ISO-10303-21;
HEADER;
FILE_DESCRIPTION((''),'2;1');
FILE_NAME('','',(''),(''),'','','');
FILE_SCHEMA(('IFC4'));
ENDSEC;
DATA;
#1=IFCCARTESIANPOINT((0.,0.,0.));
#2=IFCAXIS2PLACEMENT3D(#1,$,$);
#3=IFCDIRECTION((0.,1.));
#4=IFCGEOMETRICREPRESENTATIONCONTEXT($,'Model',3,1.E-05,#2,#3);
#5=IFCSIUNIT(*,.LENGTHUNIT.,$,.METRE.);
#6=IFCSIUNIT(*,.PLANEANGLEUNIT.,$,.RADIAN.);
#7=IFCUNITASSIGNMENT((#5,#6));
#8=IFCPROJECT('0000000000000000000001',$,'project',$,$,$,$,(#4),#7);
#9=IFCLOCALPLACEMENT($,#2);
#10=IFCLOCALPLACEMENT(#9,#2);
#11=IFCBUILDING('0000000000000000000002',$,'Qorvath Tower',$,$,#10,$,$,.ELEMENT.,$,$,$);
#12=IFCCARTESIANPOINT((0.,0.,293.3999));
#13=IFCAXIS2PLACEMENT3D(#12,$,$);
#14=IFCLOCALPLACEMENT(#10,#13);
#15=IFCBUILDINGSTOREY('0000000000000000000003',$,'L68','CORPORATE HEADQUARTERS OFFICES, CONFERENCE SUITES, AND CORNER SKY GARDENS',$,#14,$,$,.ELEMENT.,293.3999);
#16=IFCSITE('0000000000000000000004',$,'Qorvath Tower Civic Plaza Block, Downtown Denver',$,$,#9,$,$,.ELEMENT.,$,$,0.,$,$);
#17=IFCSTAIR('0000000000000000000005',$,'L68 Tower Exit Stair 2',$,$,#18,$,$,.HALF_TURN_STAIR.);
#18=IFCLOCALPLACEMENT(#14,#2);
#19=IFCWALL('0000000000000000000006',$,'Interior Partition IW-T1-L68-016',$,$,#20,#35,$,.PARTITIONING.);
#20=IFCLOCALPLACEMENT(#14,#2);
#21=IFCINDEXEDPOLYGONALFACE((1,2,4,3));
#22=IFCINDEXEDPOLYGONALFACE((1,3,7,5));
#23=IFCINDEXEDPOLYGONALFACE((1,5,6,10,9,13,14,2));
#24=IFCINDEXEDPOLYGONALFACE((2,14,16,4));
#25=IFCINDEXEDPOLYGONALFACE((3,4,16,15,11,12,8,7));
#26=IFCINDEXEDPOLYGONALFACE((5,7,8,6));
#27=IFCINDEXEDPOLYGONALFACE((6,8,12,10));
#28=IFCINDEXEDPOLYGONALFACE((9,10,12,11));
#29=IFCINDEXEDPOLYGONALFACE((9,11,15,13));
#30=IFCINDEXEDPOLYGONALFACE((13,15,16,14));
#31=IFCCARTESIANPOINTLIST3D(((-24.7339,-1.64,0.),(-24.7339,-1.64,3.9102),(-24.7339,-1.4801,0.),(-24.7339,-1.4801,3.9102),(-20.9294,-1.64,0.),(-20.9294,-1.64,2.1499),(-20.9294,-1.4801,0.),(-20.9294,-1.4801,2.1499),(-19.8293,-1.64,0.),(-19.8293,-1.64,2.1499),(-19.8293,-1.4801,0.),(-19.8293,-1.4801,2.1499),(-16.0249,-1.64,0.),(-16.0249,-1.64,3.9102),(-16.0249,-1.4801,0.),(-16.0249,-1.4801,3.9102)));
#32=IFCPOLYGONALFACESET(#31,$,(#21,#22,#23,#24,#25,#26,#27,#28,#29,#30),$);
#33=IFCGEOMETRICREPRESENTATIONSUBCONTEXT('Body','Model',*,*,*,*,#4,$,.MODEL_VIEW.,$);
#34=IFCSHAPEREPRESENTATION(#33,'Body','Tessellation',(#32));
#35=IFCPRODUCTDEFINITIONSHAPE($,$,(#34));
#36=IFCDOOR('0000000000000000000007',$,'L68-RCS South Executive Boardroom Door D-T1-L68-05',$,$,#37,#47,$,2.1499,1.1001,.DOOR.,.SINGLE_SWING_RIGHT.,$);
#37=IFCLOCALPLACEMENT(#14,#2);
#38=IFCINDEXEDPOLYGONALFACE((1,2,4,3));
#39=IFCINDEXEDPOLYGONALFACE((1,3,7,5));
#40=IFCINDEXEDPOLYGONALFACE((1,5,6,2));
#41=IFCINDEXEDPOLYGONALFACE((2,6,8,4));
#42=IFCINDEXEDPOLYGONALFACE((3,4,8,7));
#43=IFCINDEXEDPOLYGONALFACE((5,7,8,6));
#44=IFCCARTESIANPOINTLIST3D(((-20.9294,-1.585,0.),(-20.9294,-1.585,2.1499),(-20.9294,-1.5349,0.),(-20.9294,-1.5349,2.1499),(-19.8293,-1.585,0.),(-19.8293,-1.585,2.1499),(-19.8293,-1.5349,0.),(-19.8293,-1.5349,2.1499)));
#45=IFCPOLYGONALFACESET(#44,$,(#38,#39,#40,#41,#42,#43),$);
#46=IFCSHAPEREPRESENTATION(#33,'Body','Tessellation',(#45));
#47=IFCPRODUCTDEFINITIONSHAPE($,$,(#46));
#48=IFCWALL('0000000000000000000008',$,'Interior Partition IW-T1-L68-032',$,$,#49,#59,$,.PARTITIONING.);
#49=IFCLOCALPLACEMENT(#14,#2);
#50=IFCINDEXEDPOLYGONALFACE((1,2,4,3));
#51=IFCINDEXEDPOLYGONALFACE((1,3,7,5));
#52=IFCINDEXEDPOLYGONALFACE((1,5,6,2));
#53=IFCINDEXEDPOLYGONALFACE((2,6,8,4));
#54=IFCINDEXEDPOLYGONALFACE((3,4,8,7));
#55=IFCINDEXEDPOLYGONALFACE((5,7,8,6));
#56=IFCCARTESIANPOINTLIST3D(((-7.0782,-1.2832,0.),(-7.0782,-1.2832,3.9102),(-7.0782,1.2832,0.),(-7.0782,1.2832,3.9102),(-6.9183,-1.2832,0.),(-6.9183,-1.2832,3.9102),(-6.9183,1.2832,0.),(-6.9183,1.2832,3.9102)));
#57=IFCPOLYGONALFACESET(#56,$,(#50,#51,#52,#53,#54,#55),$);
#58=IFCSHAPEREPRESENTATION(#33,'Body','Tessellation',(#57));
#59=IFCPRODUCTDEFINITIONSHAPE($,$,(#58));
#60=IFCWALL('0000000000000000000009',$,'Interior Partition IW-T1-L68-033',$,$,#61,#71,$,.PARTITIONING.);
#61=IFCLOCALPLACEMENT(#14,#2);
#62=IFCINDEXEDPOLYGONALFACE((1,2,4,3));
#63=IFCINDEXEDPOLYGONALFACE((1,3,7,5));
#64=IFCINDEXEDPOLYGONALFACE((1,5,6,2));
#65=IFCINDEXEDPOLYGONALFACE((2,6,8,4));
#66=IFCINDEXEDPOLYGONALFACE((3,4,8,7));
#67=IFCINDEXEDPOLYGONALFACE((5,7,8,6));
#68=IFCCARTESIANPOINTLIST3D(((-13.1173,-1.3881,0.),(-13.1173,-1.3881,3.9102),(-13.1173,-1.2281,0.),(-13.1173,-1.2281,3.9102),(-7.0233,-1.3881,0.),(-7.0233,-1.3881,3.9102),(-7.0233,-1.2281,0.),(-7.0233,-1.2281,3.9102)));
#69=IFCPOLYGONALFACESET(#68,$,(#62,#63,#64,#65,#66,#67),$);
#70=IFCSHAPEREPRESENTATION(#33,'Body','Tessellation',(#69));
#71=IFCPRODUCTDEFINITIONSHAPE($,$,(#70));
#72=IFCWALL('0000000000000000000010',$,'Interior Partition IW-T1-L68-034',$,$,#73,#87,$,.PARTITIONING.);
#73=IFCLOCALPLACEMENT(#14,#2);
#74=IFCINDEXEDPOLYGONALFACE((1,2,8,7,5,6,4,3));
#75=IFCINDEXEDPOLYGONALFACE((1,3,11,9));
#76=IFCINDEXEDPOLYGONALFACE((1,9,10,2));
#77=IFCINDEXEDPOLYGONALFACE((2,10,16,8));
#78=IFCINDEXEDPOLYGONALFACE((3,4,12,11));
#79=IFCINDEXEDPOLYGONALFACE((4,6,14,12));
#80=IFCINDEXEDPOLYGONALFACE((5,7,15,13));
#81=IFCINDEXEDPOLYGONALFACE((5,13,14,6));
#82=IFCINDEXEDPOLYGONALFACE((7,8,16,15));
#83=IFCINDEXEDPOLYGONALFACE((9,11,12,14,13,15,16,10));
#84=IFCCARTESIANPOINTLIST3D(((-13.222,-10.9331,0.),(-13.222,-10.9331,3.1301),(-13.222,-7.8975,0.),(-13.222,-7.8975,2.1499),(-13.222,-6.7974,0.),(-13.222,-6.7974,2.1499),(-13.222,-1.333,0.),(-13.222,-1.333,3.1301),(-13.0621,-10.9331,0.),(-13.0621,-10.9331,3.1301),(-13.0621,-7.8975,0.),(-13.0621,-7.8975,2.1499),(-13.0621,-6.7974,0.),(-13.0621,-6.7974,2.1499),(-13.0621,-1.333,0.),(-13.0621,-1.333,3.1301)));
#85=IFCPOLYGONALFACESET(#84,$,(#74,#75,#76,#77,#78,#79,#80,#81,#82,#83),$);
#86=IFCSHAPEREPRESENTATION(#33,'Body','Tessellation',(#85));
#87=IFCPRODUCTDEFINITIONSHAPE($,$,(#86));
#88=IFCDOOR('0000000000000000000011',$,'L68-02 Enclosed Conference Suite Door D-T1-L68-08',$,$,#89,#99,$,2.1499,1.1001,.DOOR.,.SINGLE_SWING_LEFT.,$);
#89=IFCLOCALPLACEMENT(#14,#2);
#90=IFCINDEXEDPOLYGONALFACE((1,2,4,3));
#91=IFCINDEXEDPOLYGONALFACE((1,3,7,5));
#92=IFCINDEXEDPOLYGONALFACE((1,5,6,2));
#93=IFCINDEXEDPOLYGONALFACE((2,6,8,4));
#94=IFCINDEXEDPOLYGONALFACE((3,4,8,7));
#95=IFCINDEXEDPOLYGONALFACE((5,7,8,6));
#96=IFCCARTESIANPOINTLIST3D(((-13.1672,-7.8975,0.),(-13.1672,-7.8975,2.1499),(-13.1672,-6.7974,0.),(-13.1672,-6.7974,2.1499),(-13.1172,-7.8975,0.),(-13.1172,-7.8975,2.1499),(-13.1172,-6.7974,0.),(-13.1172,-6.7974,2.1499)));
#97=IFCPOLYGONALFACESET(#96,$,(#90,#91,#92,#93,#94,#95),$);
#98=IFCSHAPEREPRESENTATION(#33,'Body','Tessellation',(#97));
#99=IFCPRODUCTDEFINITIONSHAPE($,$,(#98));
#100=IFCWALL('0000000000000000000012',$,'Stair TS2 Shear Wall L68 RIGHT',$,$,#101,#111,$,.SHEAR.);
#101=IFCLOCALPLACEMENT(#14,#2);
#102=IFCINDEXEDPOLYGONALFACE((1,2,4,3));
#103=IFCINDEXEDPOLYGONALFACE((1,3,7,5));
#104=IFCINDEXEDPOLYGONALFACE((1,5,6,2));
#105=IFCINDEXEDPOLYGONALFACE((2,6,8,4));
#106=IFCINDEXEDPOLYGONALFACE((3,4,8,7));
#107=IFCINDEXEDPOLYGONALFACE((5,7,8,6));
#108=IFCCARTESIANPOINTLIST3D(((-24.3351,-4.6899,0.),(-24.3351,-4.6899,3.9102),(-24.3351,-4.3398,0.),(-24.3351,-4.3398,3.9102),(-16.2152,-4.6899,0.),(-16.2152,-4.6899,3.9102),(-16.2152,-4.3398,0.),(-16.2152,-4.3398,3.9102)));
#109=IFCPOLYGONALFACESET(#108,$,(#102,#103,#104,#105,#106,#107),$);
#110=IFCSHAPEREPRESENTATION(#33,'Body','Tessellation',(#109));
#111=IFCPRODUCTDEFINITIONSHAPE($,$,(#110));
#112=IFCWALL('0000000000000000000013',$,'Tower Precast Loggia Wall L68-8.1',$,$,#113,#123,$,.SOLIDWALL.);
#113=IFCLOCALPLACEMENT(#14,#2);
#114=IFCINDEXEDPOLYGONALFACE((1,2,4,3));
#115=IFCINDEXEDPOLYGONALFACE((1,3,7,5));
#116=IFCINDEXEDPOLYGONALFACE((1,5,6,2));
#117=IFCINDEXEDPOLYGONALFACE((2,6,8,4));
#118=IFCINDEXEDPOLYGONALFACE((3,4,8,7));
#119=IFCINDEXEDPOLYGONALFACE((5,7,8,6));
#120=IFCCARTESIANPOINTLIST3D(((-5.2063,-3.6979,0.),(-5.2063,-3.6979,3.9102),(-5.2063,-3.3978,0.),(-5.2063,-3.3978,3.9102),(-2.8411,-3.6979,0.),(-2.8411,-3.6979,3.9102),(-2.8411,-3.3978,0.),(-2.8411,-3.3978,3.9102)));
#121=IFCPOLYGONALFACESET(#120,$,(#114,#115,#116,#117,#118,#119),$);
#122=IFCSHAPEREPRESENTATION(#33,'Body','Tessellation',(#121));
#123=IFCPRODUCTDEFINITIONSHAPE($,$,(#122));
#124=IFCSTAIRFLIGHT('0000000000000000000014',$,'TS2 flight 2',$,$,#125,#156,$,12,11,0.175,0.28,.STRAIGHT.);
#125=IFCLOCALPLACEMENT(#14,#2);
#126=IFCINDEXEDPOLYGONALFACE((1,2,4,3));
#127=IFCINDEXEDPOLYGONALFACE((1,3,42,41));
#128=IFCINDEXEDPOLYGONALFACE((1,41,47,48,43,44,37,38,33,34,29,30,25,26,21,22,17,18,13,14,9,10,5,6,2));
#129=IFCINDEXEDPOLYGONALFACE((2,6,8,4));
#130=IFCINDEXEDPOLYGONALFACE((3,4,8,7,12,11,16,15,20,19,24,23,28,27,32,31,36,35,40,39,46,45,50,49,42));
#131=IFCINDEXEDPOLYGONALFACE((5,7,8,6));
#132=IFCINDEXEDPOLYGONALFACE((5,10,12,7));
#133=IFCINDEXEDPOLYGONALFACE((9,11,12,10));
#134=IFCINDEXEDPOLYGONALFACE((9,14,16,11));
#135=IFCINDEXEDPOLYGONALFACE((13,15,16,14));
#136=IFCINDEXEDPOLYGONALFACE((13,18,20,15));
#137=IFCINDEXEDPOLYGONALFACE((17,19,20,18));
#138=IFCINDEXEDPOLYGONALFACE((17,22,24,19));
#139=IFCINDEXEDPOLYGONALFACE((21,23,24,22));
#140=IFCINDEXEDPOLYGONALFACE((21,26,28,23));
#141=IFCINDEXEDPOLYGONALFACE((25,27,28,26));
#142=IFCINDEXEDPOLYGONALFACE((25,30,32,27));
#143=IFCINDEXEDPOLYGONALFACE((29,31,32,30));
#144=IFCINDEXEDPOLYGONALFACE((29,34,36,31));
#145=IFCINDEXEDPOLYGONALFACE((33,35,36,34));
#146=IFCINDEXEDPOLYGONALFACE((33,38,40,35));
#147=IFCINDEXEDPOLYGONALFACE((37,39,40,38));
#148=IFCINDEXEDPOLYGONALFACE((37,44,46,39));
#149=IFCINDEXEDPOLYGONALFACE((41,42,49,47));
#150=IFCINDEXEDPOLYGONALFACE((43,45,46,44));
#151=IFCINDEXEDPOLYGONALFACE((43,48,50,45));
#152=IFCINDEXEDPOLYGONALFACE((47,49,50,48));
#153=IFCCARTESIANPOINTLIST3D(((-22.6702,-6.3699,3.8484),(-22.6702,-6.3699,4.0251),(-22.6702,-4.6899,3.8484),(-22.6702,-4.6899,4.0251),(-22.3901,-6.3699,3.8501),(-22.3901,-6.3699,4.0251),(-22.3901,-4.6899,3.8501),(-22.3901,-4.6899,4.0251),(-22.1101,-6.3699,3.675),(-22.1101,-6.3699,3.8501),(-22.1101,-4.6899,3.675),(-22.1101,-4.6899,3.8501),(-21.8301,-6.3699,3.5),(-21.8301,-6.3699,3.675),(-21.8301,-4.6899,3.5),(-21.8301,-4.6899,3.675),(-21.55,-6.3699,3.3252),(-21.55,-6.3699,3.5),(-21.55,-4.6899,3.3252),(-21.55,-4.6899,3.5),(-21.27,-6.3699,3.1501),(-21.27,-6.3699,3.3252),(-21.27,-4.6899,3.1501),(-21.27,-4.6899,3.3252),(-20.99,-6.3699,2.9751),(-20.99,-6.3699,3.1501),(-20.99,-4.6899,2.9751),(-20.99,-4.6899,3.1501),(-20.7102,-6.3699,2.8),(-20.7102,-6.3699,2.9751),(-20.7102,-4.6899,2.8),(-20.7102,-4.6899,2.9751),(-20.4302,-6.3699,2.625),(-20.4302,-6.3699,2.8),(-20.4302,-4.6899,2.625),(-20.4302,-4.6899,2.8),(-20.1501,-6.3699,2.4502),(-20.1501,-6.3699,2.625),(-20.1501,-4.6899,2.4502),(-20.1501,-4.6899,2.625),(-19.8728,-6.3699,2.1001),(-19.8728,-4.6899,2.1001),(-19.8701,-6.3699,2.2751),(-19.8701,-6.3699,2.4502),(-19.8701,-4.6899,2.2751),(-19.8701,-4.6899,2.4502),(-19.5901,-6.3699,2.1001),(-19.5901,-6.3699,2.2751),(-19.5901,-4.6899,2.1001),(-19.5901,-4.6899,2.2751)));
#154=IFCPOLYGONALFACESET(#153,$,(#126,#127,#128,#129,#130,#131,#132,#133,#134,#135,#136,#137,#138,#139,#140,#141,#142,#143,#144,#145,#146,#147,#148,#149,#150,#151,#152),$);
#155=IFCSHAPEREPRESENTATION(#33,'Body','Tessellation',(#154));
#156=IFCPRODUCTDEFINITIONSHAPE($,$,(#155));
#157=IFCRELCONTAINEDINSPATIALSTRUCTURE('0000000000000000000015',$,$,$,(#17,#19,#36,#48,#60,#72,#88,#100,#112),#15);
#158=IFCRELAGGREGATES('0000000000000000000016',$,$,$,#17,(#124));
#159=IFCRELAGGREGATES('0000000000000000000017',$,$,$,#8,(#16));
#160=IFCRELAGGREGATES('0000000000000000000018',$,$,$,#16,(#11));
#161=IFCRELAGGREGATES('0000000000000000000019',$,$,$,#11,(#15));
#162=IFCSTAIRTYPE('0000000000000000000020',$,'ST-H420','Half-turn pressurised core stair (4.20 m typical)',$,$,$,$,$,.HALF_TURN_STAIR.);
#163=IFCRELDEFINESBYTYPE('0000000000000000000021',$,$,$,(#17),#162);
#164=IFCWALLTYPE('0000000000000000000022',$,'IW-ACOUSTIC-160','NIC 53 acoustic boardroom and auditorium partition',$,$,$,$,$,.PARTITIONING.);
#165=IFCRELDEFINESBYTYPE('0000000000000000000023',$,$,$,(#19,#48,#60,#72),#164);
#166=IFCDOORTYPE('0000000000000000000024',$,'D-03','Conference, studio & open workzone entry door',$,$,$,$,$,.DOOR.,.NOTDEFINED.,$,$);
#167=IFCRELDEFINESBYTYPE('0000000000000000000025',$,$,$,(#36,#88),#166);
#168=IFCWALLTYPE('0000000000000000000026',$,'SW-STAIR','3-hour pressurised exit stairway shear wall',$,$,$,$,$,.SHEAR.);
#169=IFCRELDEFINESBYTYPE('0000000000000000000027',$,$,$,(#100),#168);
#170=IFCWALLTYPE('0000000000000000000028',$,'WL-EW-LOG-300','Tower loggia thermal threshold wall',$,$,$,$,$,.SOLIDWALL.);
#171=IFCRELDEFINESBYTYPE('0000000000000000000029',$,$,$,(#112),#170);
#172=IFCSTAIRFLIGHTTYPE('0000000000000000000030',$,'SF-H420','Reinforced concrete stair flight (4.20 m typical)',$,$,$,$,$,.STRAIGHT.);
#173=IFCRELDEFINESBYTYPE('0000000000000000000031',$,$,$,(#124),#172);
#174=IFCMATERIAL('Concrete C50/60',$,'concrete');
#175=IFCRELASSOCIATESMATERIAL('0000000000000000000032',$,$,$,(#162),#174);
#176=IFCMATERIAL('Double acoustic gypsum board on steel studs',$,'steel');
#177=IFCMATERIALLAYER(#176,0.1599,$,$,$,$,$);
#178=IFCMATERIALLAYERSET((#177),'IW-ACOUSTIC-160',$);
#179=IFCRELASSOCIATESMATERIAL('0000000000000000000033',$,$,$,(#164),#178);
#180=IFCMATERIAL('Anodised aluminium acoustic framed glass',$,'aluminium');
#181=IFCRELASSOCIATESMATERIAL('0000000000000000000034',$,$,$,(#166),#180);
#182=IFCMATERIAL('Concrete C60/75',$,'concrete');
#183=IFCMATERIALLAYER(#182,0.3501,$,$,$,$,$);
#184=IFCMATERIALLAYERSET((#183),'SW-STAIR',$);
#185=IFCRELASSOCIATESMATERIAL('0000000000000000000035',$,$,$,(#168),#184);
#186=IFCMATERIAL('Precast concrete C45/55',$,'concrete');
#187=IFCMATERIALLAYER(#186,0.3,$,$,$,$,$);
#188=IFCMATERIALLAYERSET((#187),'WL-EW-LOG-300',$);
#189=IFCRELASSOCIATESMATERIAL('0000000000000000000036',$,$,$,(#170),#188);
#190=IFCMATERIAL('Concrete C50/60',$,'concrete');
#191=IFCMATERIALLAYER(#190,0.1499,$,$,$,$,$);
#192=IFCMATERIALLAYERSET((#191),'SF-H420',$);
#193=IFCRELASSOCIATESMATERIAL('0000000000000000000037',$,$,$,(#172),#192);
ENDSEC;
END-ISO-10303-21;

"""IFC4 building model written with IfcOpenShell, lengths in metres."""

from ifc_helpers import new_model, si_unit, direction, frame, frame_2d, origin, place, context, subcontext, project, spatial, polyline, rectangle, outline, extrude, material, layer, layer_set, type_object, element, fill, aggregate, save


model = new_model("IFC4")

# Units and contexts
model_context = context("Model", 3, precision=1e-05, world=origin(), true_north=direction((0.0, 1.0)))
body_context = subcontext(model_context, "Body", "Model", "MODEL_VIEW")
ifc_project = project(units=[si_unit("LENGTHUNIT", "METRE"), si_unit("PLANEANGLEUNIT", "RADIAN")], contexts=[model_context])

# Site, building, storey
site_placement = place(None, origin())
site = spatial("IfcSite", under=ifc_project, at=site_placement, Name="Qorvath Tower Civic Plaza Block, Downtown Denver", CompositionType="ELEMENT", RefElevation=0.0)
building_placement = place(site_placement, origin())
building = spatial("IfcBuilding", under=site, at=building_placement, Name="Qorvath Tower", CompositionType="ELEMENT")
storey_placement = place(building_placement, frame((0.0, 0.0, 293.3999)))
storey = spatial("IfcBuildingStorey", under=building, at=storey_placement, Name="L68", Description="CORPORATE HEADQUARTERS OFFICES, CONFERENCE SUITES, AND CORNER SKY GARDENS", CompositionType="ELEMENT", Elevation=293.3999)

# Stair
ifc_material_1 = material(Name="Concrete C50/60", Category="concrete")
stair_type = type_object("IfcStairType", Name="ST-H420", Description="Half-turn pressurised core stair (4.20 m typical)", PredefinedType="HALF_TURN_STAIR", material=ifc_material_1)
stair_1_placement = place(storey_placement, origin())
stair_1 = element("IfcStair", 1, at=stair_1_placement, inside=storey, type_object=stair_type, Name="L68 Tower Exit Stair 2", PredefinedType="HALF_TURN_STAIR")

# Shared definitions
ifc_material_2 = material(Name="Double acoustic gypsum board on steel studs", Category="steel")
ifc_layer_1 = layer(ifc_material_2, 0.1599)
ifc_layer_set_1 = layer_set([ifc_layer_1], Name="IW-ACOUSTIC-160")
wall_type_1 = type_object("IfcWallType", Name="IW-ACOUSTIC-160", Description="NIC 53 acoustic boardroom and auditorium partition", PredefinedType="PARTITIONING", material=ifc_layer_set_1)

# Wall, opening, door
wall_1_placement = place(storey_placement, frame((-16.0249, -1.5601, 0.0), z_axis=(0.0, 0.0, 1.0), x_axis=(-1.0, 0.0, 0.0)))
wall_1 = element("IfcWall", 2, at=wall_1_placement, inside=storey, type_object=wall_type_1, Name="Interior Partition IW-T1-L68-016", PredefinedType="PARTITIONING", context=body_context, shape_type="SweptSolid", body=[
    extrude(rectangle(XDim=8.709, YDim=0.1599, at=frame_2d((4.3545, 0.0))), origin(), (0.0, 0.0, 1.0), 3.9102),
])
opening_1_placement = place(wall_1_placement, frame((3.8044, 0.0, 0.0)))
opening_1 = element("IfcOpeningElement", 3, at=opening_1_placement, cuts=wall_1, PredefinedType="OPENING", context=body_context, shape_type="SweptSolid", body=[
    extrude(rectangle(XDim=1.1001, YDim=2.1499, at=frame_2d((0.55, 1.075))), frame((0.0, 0.0898, 0.0), z_axis=(0.0, -1.0, 0.0), x_axis=(1.0, 0.0, 0.0)), (0.0, 0.0, 1.0), 0.1799),
])
ifc_material_3 = material(Name="Anodised aluminium acoustic framed glass", Category="aluminium")
door_type = type_object("IfcDoorType", Name="D-03", Description="Conference, studio & open workzone entry door", OperationType="NOTDEFINED", PredefinedType="DOOR", material=ifc_material_3)
door_1_placement = place(opening_1_placement, origin())
door_1 = element("IfcDoor", 4, at=door_1_placement, inside=storey, type_object=door_type, Name="L68-RCS South Executive Boardroom Door D-T1-L68-05", OperationType="SINGLE_SWING_RIGHT", OverallHeight=2.1499, OverallWidth=1.1001, PredefinedType="DOOR", context=body_context, shape_type="SweptSolid", body=[
    extrude(rectangle(XDim=1.1001, YDim=2.1499, at=frame_2d((0.55, 1.075))), frame((0.0, 0.0249, 0.0), z_axis=(0.0, -1.0, 0.0), x_axis=(1.0, 0.0, 0.0)), (0.0, 0.0, 1.0), 0.05),
])
fill(opening_1, door_1)

# Walls
wall_2_placement = place(storey_placement, frame((-6.9983, -1.2832, 0.0), z_axis=(0.0, 0.0, 1.0), x_axis=(0.0, 1.0, 0.0)))
element("IfcWall", 5, at=wall_2_placement, inside=storey, type_object=wall_type_1, Name="Interior Partition IW-T1-L68-032", PredefinedType="PARTITIONING", context=body_context, shape_type="SweptSolid", body=[
    extrude(rectangle(XDim=2.5664, YDim=0.1599, at=frame_2d((1.2832, 0.0))), origin(), (0.0, 0.0, 1.0), 3.9102),
])
wall_3_placement = place(storey_placement, frame((-13.1172, -1.3081, 0.0), z_axis=(0.0, 0.0, 1.0), x_axis=(1.0, 0.0, 0.0)))
element("IfcWall", 6, at=wall_3_placement, inside=storey, type_object=wall_type_1, Name="Interior Partition IW-T1-L68-033", PredefinedType="PARTITIONING", context=body_context, shape_type="SweptSolid", body=[
    extrude(rectangle(XDim=6.094, YDim=0.1599, at=frame_2d((3.0469, 0.0))), origin(), (0.0, 0.0, 1.0), 3.9102),
])

# Wall, opening, door
wall_4_placement = place(storey_placement, frame((-13.1421, -1.333, 0.0), z_axis=(0.0, 0.0, 1.0), x_axis=(0.0, -1.0, 0.0)))
wall_4 = element("IfcWall", 7, at=wall_4_placement, inside=storey, type_object=wall_type_1, Name="Interior Partition IW-T1-L68-034", PredefinedType="PARTITIONING", context=body_context, shape_type="SweptSolid", body=[
    extrude(rectangle(XDim=9.6001, YDim=0.1599, at=frame_2d((4.8, 0.0))), origin(), (0.0, 0.0, 1.0), 3.1301),
])
opening_2_placement = place(wall_4_placement, frame((5.4644, 0.0, 0.0)))
opening_2 = element("IfcOpeningElement", 8, at=opening_2_placement, cuts=wall_4, PredefinedType="OPENING", context=body_context, shape_type="SweptSolid", body=[
    extrude(rectangle(XDim=1.1001, YDim=2.1499, at=frame_2d((0.55, 1.075))), frame((0.0, 0.0898, 0.0), z_axis=(0.0, -1.0, 0.0), x_axis=(1.0, 0.0, 0.0)), (0.0, 0.0, 1.0), 0.1799),
])
door_2_placement = place(opening_2_placement, origin())
door_2 = element("IfcDoor", 9, at=door_2_placement, inside=storey, type_object=door_type, Name="L68-02 Enclosed Conference Suite Door D-T1-L68-08", OperationType="SINGLE_SWING_LEFT", OverallHeight=2.1499, OverallWidth=1.1001, PredefinedType="DOOR", context=body_context, shape_type="SweptSolid", body=[
    extrude(rectangle(XDim=1.1001, YDim=2.1499, at=frame_2d((0.55, 1.075))), frame((0.0, 0.0249, 0.0), z_axis=(0.0, -1.0, 0.0), x_axis=(1.0, 0.0, 0.0)), (0.0, 0.0, 1.0), 0.05),
])
fill(opening_2, door_2)

# Walls
ifc_material_4 = material(Name="Concrete C60/75", Category="concrete")
ifc_layer_2 = layer(ifc_material_4, 0.3501)
ifc_layer_set_2 = layer_set([ifc_layer_2], Name="SW-STAIR")
wall_type_2 = type_object("IfcWallType", Name="SW-STAIR", Description="3-hour pressurised exit stairway shear wall", PredefinedType="SHEAR", material=ifc_layer_set_2)
wall_5_placement = place(storey_placement, frame((-16.2151, -4.5149, 0.0), z_axis=(0.0, 0.0, 1.0), x_axis=(-1.0, 0.0, 0.0)))
element("IfcWall", 10, at=wall_5_placement, inside=storey, type_object=wall_type_2, Name="Stair TS2 Shear Wall L68 RIGHT", PredefinedType="SHEAR", context=body_context, shape_type="SweptSolid", body=[
    extrude(rectangle(XDim=8.1199, YDim=0.3501, at=frame_2d((4.0601, 0.0))), origin(), (0.0, 0.0, 1.0), 3.9102),
])
ifc_material_5 = material(Name="Precast concrete C45/55", Category="concrete")
ifc_layer_3 = layer(ifc_material_5, 0.3)
ifc_layer_set_3 = layer_set([ifc_layer_3], Name="WL-EW-LOG-300")
wall_type_3 = type_object("IfcWallType", Name="WL-EW-LOG-300", Description="Tower loggia thermal threshold wall", PredefinedType="SOLIDWALL", material=ifc_layer_set_3)
wall_6_placement = place(storey_placement, frame((-2.8411, -3.5479, 0.0), z_axis=(0.0, 0.0, 1.0), x_axis=(-1.0, 0.0, 0.0)))
element("IfcWall", 11, at=wall_6_placement, inside=storey, type_object=wall_type_3, Name="Tower Precast Loggia Wall L68-8.1", PredefinedType="SOLIDWALL", context=body_context, shape_type="SweptSolid", body=[
    extrude(rectangle(XDim=2.3652, YDim=0.3, at=frame_2d((1.1826, 0.0))), origin(), (0.0, 0.0, 1.0), 3.9102),
])

# Stair flight
ifc_material_6 = material(Name="Concrete C50/60", Category="concrete")
ifc_layer_4 = layer(ifc_material_6, 0.1499)
ifc_layer_set_4 = layer_set([ifc_layer_4], Name="SF-H420")
stair_flight_type = type_object("IfcStairFlightType", Name="SF-H420", Description="Reinforced concrete stair flight (4.20 m typical)", PredefinedType="STRAIGHT", material=ifc_layer_set_4)
stair_flight_placement = place(storey_placement, frame((-19.5901, -5.53, 2.1001), z_axis=(0.0, 0.0, 1.0), x_axis=(-1.0, 0.0, 0.0)))
stair_flight = element("IfcStairFlight", 12, at=stair_flight_placement, type_object=stair_flight_type, Name="TS2 flight 2", NumberOfRisers=12, NumberOfTreads=11, PredefinedType="STRAIGHT", RiserHeight=0.175, TreadLength=0.28, context=body_context, shape_type="SweptSolid", body=[
    extrude(outline(polyline([(0.0, 0.0), (0.0, 0.175), (0.28, 0.175), (0.28, 0.3501), (0.5601, 0.3501), (0.5601, 0.5249), (0.8401, 0.5249), (0.8401, 0.7), (1.1201, 0.7), (1.1201, 0.875), (1.3999, 0.875), (1.3999, 1.05), (1.6799, 1.05), (1.6799, 1.2251), (1.96, 1.2251), (1.96, 1.3999), (2.24, 1.3999), (2.24, 1.575), (2.52, 1.575), (2.52, 1.75), (2.8, 1.75), (2.8, 1.925), (3.0801, 1.925), (3.0801, 2.1001), (3.0801, 1.7483), (0.2827, 0.0), (0.0, 0.0)])), frame((0.0, 0.8398, 0.0), z_axis=(0.0, -1.0, 0.0), x_axis=(1.0, 0.0, 0.0)), (0.0, 0.0, 1.0), 1.6799),
])
aggregate(stair_1, [stair_flight])

save(model, "model.ifc")
